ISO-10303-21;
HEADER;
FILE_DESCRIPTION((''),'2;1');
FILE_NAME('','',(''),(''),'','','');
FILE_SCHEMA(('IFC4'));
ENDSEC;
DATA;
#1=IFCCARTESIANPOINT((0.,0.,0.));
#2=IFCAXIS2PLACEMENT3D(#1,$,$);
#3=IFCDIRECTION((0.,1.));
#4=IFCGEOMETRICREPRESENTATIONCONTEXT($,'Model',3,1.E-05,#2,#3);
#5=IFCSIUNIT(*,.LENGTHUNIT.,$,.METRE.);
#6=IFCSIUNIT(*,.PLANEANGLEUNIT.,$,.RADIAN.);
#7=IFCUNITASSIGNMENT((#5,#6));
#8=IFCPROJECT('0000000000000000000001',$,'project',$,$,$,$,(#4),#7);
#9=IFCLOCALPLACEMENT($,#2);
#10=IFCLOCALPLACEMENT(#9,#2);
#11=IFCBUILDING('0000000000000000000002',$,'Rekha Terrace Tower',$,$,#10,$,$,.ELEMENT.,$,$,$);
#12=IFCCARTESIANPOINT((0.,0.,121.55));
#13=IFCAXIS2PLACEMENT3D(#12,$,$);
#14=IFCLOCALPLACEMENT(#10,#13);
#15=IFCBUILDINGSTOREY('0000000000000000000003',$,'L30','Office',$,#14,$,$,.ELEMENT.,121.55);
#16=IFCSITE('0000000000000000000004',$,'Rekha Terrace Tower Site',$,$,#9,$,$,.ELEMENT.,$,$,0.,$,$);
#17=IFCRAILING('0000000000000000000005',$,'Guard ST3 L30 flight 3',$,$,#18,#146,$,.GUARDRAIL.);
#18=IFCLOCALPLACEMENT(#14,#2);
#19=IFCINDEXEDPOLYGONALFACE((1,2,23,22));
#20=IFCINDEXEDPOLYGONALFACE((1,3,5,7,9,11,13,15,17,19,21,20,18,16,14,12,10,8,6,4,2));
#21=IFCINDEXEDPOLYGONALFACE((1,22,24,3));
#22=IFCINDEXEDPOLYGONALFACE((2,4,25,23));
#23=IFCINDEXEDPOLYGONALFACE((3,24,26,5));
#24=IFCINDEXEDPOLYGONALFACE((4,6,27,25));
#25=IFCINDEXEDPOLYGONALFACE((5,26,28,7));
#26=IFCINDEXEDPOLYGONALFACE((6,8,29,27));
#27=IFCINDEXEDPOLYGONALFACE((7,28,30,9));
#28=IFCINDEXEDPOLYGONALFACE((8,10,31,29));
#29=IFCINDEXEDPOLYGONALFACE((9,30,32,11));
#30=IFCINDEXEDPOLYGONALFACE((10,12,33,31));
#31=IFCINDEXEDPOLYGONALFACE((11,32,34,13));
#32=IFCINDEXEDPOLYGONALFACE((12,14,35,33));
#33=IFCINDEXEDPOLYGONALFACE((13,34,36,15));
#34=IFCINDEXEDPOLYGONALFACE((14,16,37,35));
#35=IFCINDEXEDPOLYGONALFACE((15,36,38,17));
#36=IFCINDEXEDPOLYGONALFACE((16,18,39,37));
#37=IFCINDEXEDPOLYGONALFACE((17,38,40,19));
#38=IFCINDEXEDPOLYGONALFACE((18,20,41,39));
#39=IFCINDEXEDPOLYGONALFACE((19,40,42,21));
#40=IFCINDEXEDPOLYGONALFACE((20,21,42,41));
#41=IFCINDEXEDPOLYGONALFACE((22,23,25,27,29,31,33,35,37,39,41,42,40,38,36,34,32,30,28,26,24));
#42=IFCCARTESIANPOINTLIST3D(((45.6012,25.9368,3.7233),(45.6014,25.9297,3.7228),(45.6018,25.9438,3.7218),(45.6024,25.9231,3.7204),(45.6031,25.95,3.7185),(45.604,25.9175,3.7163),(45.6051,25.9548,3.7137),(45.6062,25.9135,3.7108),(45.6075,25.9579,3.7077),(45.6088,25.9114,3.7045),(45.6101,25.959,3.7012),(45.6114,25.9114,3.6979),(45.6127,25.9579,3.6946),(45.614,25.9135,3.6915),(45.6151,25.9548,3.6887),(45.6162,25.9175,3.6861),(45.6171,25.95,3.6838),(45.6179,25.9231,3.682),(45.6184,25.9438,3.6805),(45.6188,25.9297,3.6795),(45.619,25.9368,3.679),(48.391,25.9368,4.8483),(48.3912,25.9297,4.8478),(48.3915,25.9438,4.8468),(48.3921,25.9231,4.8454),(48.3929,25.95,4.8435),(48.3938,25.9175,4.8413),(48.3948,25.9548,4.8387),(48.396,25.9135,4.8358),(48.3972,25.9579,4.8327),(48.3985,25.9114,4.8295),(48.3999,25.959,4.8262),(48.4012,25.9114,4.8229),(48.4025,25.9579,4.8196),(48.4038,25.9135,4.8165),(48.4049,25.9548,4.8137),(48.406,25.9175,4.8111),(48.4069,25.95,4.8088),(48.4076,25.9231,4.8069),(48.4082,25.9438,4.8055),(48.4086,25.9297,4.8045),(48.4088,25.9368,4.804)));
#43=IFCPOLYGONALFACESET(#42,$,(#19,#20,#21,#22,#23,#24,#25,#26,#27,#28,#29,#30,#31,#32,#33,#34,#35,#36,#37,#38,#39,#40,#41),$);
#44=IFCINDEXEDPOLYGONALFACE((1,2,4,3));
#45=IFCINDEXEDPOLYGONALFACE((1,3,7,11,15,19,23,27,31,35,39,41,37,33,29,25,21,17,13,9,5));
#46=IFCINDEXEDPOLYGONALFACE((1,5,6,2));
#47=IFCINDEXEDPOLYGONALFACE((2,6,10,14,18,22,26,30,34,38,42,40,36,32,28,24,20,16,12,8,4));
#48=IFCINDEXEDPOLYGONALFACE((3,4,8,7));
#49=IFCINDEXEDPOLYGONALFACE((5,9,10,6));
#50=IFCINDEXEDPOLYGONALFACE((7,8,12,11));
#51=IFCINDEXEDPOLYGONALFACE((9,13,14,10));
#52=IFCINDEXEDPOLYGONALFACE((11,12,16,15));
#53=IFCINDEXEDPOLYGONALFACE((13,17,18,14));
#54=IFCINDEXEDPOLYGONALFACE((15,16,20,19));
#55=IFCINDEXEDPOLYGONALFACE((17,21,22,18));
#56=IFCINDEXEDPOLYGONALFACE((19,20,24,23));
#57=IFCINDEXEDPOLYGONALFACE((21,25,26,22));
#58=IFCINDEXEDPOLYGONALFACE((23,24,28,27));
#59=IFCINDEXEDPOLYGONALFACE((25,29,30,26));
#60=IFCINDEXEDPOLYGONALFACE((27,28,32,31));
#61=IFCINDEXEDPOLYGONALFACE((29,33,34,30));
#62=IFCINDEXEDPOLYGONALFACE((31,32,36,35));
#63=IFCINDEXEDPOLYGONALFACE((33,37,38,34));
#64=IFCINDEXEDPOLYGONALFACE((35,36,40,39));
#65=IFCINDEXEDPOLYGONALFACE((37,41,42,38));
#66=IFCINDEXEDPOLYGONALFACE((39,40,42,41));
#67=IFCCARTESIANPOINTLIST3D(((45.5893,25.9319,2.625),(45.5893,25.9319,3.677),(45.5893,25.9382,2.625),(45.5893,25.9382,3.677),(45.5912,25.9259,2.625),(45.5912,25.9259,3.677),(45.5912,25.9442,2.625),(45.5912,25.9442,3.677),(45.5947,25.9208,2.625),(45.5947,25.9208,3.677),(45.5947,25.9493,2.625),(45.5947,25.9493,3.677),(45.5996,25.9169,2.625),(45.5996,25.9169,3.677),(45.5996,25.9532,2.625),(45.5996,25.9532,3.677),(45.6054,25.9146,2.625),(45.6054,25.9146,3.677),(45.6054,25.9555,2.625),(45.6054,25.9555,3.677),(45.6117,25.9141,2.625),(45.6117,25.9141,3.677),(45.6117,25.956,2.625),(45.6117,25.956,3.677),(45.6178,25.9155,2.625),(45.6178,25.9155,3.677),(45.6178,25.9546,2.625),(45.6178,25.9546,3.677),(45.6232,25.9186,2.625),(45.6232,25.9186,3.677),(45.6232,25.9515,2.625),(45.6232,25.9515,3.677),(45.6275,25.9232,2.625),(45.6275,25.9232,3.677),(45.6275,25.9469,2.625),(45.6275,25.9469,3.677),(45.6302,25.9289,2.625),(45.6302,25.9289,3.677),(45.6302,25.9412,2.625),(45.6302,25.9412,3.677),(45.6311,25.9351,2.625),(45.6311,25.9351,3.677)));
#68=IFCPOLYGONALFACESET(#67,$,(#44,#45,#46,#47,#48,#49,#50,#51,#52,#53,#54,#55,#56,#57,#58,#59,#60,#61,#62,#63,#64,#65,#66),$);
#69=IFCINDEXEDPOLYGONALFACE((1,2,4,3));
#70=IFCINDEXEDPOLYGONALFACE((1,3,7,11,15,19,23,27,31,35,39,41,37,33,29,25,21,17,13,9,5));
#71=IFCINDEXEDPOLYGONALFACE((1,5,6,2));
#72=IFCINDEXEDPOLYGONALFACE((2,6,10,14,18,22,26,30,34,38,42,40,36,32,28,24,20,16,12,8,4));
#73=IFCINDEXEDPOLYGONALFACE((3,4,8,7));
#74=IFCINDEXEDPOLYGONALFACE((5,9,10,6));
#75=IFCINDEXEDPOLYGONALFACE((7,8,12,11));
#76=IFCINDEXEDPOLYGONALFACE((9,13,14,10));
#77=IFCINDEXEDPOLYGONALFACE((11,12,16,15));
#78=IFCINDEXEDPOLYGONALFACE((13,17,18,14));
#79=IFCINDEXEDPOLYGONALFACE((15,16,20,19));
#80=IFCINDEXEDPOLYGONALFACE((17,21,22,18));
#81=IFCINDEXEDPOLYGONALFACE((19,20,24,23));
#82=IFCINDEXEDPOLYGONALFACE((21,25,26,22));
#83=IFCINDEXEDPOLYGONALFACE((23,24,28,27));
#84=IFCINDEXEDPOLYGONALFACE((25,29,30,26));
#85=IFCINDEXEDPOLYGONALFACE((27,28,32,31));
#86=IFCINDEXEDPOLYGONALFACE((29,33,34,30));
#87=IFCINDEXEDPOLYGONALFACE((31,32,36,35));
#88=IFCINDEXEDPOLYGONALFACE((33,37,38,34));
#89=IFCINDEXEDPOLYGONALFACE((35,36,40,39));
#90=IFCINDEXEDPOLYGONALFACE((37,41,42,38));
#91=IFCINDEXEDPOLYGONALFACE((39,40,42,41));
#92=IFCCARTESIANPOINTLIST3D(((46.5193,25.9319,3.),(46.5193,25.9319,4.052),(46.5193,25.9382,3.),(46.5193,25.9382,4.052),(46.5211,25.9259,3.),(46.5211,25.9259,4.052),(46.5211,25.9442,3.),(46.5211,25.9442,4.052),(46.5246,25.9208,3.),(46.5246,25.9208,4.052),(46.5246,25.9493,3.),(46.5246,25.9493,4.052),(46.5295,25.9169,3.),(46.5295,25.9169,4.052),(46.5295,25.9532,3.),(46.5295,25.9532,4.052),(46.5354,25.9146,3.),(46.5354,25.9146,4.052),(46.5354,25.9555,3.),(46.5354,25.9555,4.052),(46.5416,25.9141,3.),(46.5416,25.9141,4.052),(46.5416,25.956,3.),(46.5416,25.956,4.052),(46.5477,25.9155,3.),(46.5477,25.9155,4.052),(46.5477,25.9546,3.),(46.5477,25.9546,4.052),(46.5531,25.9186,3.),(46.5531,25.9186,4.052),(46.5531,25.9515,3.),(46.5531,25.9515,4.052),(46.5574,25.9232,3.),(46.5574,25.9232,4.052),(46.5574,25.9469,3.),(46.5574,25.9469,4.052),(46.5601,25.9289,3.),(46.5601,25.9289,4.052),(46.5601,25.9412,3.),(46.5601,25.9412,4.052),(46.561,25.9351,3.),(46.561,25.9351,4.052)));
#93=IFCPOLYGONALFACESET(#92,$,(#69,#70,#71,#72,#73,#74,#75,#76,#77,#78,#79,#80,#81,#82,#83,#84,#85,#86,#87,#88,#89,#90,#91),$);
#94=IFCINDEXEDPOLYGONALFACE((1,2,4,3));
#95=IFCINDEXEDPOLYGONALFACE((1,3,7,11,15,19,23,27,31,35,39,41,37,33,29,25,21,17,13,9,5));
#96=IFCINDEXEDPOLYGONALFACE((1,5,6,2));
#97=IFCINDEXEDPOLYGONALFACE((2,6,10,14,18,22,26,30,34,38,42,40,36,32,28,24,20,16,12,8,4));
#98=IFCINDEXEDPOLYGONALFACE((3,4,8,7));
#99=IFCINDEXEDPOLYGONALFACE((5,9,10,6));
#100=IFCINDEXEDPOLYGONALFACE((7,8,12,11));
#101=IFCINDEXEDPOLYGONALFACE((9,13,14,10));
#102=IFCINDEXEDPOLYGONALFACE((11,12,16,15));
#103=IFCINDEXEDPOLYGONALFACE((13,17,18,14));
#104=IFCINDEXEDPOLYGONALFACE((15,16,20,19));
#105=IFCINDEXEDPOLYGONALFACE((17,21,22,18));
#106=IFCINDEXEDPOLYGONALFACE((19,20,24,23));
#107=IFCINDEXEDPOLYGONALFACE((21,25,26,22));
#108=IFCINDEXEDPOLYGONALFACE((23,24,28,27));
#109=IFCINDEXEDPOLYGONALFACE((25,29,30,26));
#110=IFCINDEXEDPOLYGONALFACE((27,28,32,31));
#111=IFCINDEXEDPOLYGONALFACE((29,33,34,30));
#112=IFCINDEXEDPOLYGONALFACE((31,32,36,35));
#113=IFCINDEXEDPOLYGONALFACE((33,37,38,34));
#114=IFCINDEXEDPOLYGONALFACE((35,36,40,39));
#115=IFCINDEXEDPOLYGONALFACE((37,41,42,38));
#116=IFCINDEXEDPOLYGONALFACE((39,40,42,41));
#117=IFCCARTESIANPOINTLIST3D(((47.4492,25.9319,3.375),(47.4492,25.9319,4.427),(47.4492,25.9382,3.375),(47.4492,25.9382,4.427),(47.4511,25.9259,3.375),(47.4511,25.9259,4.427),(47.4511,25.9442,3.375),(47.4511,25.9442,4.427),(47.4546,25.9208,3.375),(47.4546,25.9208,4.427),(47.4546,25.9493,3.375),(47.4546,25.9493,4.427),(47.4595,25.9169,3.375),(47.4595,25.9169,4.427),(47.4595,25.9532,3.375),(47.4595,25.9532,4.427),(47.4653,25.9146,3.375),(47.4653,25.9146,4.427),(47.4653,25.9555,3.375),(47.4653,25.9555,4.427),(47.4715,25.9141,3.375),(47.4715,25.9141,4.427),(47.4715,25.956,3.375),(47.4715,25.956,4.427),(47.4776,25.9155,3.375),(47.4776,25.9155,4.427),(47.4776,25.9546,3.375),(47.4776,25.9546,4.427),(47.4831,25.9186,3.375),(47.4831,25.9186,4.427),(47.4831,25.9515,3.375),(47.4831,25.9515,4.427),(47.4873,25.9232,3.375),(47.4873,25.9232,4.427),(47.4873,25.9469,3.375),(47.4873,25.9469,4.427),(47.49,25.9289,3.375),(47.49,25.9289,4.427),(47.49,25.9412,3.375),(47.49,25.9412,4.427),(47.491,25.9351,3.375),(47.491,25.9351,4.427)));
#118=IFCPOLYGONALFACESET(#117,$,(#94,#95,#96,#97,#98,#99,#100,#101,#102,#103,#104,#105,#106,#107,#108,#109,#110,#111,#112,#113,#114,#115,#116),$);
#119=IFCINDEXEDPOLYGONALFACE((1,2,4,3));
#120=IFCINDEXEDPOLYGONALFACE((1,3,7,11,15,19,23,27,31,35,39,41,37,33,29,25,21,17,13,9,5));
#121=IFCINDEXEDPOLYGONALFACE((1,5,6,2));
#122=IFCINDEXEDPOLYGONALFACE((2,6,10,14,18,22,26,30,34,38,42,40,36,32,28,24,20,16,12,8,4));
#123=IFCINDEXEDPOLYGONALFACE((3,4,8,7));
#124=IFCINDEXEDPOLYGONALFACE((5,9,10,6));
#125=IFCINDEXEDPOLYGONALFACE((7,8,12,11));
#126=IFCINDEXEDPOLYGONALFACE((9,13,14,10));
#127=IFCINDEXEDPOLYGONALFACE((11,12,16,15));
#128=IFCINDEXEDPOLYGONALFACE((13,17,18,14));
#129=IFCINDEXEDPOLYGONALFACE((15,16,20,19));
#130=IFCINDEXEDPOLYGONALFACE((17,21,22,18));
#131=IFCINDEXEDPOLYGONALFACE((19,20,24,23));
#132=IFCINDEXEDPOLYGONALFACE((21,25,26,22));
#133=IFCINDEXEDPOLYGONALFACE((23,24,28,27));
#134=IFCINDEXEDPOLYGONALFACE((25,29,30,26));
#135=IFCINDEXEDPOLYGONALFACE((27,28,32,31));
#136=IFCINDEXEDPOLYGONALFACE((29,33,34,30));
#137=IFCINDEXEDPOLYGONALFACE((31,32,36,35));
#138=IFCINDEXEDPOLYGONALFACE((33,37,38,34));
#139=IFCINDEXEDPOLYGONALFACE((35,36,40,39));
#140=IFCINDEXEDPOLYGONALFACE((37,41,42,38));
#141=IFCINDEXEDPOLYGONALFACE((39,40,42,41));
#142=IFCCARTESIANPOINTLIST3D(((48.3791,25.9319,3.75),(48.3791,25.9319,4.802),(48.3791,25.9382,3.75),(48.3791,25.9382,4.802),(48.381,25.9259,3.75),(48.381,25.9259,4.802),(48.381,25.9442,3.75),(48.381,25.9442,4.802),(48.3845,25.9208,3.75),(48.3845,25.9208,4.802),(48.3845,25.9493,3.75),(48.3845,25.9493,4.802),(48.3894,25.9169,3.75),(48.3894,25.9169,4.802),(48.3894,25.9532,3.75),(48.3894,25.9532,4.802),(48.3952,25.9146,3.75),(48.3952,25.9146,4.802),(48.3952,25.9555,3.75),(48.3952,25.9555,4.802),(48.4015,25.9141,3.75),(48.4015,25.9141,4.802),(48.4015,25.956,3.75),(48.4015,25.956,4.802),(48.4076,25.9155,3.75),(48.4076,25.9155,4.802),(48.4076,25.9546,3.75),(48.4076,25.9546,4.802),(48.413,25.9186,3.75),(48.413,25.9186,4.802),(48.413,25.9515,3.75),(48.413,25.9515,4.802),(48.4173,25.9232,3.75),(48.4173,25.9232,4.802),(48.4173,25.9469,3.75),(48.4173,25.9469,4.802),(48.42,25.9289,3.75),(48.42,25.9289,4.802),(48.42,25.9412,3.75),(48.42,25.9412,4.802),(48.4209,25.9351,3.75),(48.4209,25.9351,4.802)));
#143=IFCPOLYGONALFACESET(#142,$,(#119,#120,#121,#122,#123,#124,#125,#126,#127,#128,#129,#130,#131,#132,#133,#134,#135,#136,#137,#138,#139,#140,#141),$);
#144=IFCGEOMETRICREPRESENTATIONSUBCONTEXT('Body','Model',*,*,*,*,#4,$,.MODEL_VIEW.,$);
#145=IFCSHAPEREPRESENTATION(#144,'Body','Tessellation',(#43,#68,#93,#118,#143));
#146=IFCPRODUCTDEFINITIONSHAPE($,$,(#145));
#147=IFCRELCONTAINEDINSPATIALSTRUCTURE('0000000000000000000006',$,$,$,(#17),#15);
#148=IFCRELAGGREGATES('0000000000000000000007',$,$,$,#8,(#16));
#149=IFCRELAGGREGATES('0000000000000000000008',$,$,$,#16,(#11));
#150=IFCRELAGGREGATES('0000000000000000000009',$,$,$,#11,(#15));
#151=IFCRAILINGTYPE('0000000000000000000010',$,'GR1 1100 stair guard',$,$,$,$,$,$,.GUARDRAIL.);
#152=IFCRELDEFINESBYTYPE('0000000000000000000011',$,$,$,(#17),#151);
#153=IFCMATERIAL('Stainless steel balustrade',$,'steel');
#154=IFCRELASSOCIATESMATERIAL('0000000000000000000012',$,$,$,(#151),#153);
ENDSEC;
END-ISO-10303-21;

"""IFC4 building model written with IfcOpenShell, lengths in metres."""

from ifc_helpers import new_model, si_unit, direction, frame, origin, origin_2d, place, context, subcontext, project, spatial, circle, extrude, material, type_object, element, save


model = new_model("IFC4")

# Units and contexts
model_context = context("Model", 3, precision=1e-05, world=origin(), true_north=direction((0.0, 1.0)))
body_context = subcontext(model_context, "Body", "Model", "MODEL_VIEW")
ifc_project = project(units=[si_unit("LENGTHUNIT", "METRE"), si_unit("PLANEANGLEUNIT", "RADIAN")], contexts=[model_context])

# Site, building, storey
site_placement = place(None, origin())
site = spatial("IfcSite", under=ifc_project, at=site_placement, Name="Rekha Terrace Tower Site", CompositionType="ELEMENT", RefElevation=0.0)
building_placement = place(site_placement, origin())
building = spatial("IfcBuilding", under=site, at=building_placement, Name="Rekha Terrace Tower", CompositionType="ELEMENT")
storey_placement = place(building_placement, frame((0.0, 0.0, 121.55)))
storey = spatial("IfcBuildingStorey", under=building, at=storey_placement, Name="L30", Description="Office", CompositionType="ELEMENT", Elevation=121.55)

# Railing
ifc_material_1 = material(Name="Stainless steel balustrade", Category="steel")
railing_type_1 = type_object("IfcRailingType", Name="GR1 1100 stair guard", PredefinedType="GUARDRAIL", material=ifc_material_1)
railing_1_placement = place(storey_placement, frame((45.6101, 25.9351, 2.625)))
element("IfcRailing", 1, at=railing_1_placement, inside=storey, type_object=railing_type_1, Name="Guard ST3 L30 flight 3", PredefinedType="GUARDRAIL", context=body_context, shape_type="SweptSolid", body=[
    extrude(circle(Radius=0.0239, at=origin_2d()), frame((0.0, 0.0, 1.0762), z_axis=(0.927432, 0.0, 0.373992), x_axis=(0.0, 1.0, 0.0)), (0.0, 0.0, 1.0), 3.0081),
    extrude(circle(Radius=0.021, at=origin_2d()), origin(), (0.0, 0.0, 1.0), 1.052),
    extrude(circle(Radius=0.021, at=origin_2d()), frame((0.9299, 0.0, 0.375)), (0.0, 0.0, 1.0), 1.052),
    extrude(circle(Radius=0.021, at=origin_2d()), frame((1.8599, 0.0, 0.75)), (0.0, 0.0, 1.0), 1.052),
    extrude(circle(Radius=0.021, at=origin_2d()), frame((2.7898, 0.0, 1.125)), (0.0, 0.0, 1.0), 1.052),
])

save(model, "model.ifc")
